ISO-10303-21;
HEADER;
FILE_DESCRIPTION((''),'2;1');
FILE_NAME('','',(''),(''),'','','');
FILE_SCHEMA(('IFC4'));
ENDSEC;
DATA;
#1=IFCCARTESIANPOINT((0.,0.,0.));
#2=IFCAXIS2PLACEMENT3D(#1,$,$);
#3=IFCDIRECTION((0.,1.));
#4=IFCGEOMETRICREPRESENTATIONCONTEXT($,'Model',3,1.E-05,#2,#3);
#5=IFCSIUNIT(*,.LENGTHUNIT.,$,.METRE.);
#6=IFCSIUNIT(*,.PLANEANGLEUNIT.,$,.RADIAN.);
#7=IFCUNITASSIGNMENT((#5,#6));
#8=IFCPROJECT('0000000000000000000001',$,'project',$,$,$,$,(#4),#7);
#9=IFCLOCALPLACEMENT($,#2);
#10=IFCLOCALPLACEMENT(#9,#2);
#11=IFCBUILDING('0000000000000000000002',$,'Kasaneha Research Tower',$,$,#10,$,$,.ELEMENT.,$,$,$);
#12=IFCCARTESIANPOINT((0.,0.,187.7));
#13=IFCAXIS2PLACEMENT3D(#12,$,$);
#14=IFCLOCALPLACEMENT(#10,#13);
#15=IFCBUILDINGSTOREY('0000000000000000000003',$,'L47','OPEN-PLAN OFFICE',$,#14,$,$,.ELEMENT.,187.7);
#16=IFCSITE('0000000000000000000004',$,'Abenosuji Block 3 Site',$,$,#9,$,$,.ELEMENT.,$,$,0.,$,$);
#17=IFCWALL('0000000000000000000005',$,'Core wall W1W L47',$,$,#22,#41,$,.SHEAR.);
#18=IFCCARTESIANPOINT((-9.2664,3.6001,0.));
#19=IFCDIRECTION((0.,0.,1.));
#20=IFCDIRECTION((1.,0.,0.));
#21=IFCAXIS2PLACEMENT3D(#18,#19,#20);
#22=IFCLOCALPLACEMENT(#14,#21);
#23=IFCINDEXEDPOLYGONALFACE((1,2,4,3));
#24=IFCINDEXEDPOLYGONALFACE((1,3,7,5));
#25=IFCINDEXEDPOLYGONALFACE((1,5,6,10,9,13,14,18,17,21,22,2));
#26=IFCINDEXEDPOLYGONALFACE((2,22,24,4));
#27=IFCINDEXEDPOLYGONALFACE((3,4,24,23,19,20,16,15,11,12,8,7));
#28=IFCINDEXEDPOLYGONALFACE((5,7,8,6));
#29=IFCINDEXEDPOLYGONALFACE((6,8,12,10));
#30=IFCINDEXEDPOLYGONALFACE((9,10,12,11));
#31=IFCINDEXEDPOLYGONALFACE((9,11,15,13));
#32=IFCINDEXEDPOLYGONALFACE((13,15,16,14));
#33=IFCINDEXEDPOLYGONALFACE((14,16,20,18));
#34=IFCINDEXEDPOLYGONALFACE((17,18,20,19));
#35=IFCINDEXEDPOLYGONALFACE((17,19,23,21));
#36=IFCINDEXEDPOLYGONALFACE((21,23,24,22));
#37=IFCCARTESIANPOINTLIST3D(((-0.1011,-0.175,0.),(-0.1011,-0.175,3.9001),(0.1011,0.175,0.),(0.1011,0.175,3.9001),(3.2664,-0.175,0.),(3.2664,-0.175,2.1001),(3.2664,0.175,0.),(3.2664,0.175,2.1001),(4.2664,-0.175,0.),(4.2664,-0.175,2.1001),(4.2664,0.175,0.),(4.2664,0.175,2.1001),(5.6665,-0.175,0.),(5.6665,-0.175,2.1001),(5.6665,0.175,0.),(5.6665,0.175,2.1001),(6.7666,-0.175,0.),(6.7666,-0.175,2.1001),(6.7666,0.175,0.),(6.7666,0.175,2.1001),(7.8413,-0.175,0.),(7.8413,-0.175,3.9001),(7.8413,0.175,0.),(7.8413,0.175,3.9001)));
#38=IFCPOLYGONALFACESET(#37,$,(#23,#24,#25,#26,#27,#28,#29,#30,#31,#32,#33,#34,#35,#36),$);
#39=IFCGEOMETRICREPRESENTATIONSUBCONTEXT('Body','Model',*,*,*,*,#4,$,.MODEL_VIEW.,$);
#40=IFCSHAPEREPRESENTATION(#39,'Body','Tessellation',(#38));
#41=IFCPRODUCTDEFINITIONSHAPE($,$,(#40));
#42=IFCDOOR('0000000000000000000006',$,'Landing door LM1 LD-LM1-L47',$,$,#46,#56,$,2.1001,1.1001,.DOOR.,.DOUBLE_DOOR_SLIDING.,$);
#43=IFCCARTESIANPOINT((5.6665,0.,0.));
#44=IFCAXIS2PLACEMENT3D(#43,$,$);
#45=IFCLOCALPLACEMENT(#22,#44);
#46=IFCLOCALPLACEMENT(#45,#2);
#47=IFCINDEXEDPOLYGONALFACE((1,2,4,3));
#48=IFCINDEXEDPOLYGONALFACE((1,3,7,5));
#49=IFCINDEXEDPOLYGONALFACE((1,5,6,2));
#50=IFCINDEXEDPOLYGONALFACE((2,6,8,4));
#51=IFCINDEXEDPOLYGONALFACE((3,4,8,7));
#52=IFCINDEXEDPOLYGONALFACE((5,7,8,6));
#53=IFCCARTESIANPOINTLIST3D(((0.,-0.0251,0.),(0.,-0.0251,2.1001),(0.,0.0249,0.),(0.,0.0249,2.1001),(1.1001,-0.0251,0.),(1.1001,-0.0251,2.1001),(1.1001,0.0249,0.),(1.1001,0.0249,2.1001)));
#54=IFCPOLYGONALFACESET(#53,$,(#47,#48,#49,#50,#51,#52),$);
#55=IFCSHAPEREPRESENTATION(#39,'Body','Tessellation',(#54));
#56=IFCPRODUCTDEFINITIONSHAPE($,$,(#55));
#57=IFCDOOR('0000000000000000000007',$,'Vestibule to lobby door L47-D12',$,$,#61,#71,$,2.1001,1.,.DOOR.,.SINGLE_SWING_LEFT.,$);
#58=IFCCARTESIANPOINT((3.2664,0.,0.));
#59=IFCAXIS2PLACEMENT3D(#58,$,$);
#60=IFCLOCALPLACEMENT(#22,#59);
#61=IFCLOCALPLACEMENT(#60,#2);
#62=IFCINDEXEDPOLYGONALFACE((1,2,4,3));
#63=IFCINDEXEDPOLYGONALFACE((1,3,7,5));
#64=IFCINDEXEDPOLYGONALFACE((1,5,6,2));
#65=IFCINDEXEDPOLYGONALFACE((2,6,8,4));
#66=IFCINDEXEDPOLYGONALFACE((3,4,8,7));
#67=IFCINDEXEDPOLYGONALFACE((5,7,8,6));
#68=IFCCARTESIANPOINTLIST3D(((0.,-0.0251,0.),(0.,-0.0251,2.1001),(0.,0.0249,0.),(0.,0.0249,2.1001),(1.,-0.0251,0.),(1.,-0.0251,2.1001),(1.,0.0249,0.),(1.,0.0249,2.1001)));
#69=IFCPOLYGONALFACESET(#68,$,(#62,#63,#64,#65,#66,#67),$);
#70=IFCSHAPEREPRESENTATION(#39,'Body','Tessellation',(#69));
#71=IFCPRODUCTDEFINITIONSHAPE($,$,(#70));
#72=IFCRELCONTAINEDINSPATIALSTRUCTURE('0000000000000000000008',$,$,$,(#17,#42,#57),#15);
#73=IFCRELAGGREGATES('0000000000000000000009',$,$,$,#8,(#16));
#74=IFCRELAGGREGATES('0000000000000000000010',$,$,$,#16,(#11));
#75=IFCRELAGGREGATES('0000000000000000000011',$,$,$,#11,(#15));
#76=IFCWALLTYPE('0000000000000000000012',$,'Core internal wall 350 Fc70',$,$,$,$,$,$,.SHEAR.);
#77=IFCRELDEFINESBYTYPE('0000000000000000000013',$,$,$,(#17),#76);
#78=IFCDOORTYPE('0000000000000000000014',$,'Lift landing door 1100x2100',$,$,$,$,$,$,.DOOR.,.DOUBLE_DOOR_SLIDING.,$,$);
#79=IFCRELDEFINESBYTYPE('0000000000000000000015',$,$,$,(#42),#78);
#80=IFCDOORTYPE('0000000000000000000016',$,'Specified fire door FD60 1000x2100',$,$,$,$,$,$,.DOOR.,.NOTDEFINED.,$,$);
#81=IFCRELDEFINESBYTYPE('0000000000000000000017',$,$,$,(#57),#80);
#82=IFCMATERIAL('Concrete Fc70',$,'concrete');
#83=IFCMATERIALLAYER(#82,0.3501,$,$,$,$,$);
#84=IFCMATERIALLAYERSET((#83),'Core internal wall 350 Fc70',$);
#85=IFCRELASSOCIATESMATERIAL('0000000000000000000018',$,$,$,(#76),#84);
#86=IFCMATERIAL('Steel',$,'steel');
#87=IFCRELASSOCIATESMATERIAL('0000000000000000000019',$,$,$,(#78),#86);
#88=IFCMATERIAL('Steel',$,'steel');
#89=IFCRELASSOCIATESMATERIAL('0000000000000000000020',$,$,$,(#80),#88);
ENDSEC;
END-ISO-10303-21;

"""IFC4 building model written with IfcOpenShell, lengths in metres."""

from ifc_helpers import new_model, si_unit, direction, frame, frame_2d, origin, place, context, subcontext, project, spatial, polyline, rectangle, outline, extrude, material, layer, layer_set, type_object, element, fill, save


model = new_model("IFC4")

# Units and contexts
model_context = context("Model", 3, precision=1e-05, world=origin(), true_north=direction((0.0, 1.0)))
body_context = subcontext(model_context, "Body", "Model", "MODEL_VIEW")
ifc_project = project(units=[si_unit("LENGTHUNIT", "METRE"), si_unit("PLANEANGLEUNIT", "RADIAN")], contexts=[model_context])

# Site, building, storey
site_placement = place(None, origin())
site = spatial("IfcSite", under=ifc_project, at=site_placement, Name="Abenosuji Block 3 Site", CompositionType="ELEMENT", RefElevation=0.0)
building_placement = place(site_placement, origin())
building = spatial("IfcBuilding", under=site, at=building_placement, Name="Kasaneha Research Tower", CompositionType="ELEMENT")
storey_placement = place(building_placement, frame((0.0, 0.0, 187.7)))
storey = spatial("IfcBuildingStorey", under=building, at=storey_placement, Name="L47", Description="OPEN-PLAN OFFICE", CompositionType="ELEMENT", Elevation=187.7)

# Wall, openings, doors
ifc_material_1 = material(Name="Concrete Fc70", Category="concrete")
ifc_layer_1 = layer(ifc_material_1, 0.3501)
ifc_layer_set_1 = layer_set([ifc_layer_1], Name="Core internal wall 350 Fc70")
wall_type_1 = type_object("IfcWallType", Name="Core internal wall 350 Fc70", PredefinedType="SHEAR", material=ifc_layer_set_1)
wall_1_placement = place(storey_placement, frame((-9.2664, 3.6001, 0.0), z_axis=(0.0, 0.0, 1.0), x_axis=(1.0, 0.0, 0.0)))
wall_1 = element("IfcWall", 1, at=wall_1_placement, inside=storey, type_object=wall_type_1, Name="Core wall W1W L47", PredefinedType="SHEAR", context=body_context, shape_type="SweptSolid", body=[
    extrude(outline(polyline([(-0.1011, -0.175), (3.2664, -0.175), (4.2664, -0.175), (5.6665, -0.175), (6.7666, -0.175), (7.8413, -0.175), (7.8413, 0.175), (6.7666, 0.175), (5.6665, 0.175), (4.2664, 0.175), (3.2664, 0.175), (0.1011, 0.175), (-0.1011, -0.175)])), origin(), (0.0, 0.0, 1.0), 3.9001),
])
opening_1_placement = place(wall_1_placement, frame((3.2664, 0.0, 0.0)))
opening_1 = element("IfcOpeningElement", 2, at=opening_1_placement, cuts=wall_1, PredefinedType="OPENING", context=body_context, shape_type="SweptSolid", body=[
    extrude(rectangle(XDim=1.0, YDim=2.1001, at=frame_2d((0.5, 1.05))), frame((0.0, 0.1851, 0.0), z_axis=(0.0, -1.0, 0.0), x_axis=(1.0, 0.0, 0.0)), (0.0, 0.0, 1.0), 0.3701),
])
opening_2_placement = place(wall_1_placement, frame((5.6665, 0.0, 0.0)))
opening_2 = element("IfcOpeningElement", 3, at=opening_2_placement, cuts=wall_1, PredefinedType="OPENING", context=body_context, shape_type="SweptSolid", body=[
    extrude(rectangle(XDim=1.1001, YDim=2.1001, at=frame_2d((0.55, 1.05))), frame((0.0, 0.1851, 0.0), z_axis=(0.0, -1.0, 0.0), x_axis=(1.0, 0.0, 0.0)), (0.0, 0.0, 1.0), 0.3701),
])
ifc_material_2 = material(Name="Steel", Category="steel")
door_type_1 = type_object("IfcDoorType", Name="Lift landing door 1100x2100", OperationType="DOUBLE_DOOR_SLIDING", PredefinedType="DOOR", material=ifc_material_2)
door_1_placement = place(opening_2_placement, origin())
door_1 = element("IfcDoor", 4, at=door_1_placement, inside=storey, type_object=door_type_1, Name="Landing door LM1 LD-LM1-L47", OperationType="DOUBLE_DOOR_SLIDING", OverallHeight=2.1001, OverallWidth=1.1001, PredefinedType="DOOR", context=body_context, shape_type="SweptSolid", body=[
    extrude(rectangle(XDim=1.1001, YDim=2.1001, at=frame_2d((0.55, 1.05))), frame((0.0, 0.0249, 0.0), z_axis=(0.0, -1.0, 0.0), x_axis=(1.0, 0.0, 0.0)), (0.0, 0.0, 1.0), 0.05),
])
fill(opening_2, door_1)
ifc_material_3 = material(Name="Steel", Category="steel")
door_type_2 = type_object("IfcDoorType", Name="Specified fire door FD60 1000x2100", OperationType="NOTDEFINED", PredefinedType="DOOR", material=ifc_material_3)
door_2_placement = place(opening_1_placement, origin())
door_2 = element("IfcDoor", 5, at=door_2_placement, inside=storey, type_object=door_type_2, Name="Vestibule to lobby door L47-D12", OperationType="SINGLE_SWING_LEFT", OverallHeight=2.1001, OverallWidth=1.0, PredefinedType="DOOR", context=body_context, shape_type="SweptSolid", body=[
    extrude(rectangle(XDim=1.0, YDim=2.1001, at=frame_2d((0.5, 1.05))), frame((0.0, 0.0249, 0.0), z_axis=(0.0, -1.0, 0.0), x_axis=(1.0, 0.0, 0.0)), (0.0, 0.0, 1.0), 0.05),
])
fill(opening_1, door_2)

save(model, "model.ifc")
